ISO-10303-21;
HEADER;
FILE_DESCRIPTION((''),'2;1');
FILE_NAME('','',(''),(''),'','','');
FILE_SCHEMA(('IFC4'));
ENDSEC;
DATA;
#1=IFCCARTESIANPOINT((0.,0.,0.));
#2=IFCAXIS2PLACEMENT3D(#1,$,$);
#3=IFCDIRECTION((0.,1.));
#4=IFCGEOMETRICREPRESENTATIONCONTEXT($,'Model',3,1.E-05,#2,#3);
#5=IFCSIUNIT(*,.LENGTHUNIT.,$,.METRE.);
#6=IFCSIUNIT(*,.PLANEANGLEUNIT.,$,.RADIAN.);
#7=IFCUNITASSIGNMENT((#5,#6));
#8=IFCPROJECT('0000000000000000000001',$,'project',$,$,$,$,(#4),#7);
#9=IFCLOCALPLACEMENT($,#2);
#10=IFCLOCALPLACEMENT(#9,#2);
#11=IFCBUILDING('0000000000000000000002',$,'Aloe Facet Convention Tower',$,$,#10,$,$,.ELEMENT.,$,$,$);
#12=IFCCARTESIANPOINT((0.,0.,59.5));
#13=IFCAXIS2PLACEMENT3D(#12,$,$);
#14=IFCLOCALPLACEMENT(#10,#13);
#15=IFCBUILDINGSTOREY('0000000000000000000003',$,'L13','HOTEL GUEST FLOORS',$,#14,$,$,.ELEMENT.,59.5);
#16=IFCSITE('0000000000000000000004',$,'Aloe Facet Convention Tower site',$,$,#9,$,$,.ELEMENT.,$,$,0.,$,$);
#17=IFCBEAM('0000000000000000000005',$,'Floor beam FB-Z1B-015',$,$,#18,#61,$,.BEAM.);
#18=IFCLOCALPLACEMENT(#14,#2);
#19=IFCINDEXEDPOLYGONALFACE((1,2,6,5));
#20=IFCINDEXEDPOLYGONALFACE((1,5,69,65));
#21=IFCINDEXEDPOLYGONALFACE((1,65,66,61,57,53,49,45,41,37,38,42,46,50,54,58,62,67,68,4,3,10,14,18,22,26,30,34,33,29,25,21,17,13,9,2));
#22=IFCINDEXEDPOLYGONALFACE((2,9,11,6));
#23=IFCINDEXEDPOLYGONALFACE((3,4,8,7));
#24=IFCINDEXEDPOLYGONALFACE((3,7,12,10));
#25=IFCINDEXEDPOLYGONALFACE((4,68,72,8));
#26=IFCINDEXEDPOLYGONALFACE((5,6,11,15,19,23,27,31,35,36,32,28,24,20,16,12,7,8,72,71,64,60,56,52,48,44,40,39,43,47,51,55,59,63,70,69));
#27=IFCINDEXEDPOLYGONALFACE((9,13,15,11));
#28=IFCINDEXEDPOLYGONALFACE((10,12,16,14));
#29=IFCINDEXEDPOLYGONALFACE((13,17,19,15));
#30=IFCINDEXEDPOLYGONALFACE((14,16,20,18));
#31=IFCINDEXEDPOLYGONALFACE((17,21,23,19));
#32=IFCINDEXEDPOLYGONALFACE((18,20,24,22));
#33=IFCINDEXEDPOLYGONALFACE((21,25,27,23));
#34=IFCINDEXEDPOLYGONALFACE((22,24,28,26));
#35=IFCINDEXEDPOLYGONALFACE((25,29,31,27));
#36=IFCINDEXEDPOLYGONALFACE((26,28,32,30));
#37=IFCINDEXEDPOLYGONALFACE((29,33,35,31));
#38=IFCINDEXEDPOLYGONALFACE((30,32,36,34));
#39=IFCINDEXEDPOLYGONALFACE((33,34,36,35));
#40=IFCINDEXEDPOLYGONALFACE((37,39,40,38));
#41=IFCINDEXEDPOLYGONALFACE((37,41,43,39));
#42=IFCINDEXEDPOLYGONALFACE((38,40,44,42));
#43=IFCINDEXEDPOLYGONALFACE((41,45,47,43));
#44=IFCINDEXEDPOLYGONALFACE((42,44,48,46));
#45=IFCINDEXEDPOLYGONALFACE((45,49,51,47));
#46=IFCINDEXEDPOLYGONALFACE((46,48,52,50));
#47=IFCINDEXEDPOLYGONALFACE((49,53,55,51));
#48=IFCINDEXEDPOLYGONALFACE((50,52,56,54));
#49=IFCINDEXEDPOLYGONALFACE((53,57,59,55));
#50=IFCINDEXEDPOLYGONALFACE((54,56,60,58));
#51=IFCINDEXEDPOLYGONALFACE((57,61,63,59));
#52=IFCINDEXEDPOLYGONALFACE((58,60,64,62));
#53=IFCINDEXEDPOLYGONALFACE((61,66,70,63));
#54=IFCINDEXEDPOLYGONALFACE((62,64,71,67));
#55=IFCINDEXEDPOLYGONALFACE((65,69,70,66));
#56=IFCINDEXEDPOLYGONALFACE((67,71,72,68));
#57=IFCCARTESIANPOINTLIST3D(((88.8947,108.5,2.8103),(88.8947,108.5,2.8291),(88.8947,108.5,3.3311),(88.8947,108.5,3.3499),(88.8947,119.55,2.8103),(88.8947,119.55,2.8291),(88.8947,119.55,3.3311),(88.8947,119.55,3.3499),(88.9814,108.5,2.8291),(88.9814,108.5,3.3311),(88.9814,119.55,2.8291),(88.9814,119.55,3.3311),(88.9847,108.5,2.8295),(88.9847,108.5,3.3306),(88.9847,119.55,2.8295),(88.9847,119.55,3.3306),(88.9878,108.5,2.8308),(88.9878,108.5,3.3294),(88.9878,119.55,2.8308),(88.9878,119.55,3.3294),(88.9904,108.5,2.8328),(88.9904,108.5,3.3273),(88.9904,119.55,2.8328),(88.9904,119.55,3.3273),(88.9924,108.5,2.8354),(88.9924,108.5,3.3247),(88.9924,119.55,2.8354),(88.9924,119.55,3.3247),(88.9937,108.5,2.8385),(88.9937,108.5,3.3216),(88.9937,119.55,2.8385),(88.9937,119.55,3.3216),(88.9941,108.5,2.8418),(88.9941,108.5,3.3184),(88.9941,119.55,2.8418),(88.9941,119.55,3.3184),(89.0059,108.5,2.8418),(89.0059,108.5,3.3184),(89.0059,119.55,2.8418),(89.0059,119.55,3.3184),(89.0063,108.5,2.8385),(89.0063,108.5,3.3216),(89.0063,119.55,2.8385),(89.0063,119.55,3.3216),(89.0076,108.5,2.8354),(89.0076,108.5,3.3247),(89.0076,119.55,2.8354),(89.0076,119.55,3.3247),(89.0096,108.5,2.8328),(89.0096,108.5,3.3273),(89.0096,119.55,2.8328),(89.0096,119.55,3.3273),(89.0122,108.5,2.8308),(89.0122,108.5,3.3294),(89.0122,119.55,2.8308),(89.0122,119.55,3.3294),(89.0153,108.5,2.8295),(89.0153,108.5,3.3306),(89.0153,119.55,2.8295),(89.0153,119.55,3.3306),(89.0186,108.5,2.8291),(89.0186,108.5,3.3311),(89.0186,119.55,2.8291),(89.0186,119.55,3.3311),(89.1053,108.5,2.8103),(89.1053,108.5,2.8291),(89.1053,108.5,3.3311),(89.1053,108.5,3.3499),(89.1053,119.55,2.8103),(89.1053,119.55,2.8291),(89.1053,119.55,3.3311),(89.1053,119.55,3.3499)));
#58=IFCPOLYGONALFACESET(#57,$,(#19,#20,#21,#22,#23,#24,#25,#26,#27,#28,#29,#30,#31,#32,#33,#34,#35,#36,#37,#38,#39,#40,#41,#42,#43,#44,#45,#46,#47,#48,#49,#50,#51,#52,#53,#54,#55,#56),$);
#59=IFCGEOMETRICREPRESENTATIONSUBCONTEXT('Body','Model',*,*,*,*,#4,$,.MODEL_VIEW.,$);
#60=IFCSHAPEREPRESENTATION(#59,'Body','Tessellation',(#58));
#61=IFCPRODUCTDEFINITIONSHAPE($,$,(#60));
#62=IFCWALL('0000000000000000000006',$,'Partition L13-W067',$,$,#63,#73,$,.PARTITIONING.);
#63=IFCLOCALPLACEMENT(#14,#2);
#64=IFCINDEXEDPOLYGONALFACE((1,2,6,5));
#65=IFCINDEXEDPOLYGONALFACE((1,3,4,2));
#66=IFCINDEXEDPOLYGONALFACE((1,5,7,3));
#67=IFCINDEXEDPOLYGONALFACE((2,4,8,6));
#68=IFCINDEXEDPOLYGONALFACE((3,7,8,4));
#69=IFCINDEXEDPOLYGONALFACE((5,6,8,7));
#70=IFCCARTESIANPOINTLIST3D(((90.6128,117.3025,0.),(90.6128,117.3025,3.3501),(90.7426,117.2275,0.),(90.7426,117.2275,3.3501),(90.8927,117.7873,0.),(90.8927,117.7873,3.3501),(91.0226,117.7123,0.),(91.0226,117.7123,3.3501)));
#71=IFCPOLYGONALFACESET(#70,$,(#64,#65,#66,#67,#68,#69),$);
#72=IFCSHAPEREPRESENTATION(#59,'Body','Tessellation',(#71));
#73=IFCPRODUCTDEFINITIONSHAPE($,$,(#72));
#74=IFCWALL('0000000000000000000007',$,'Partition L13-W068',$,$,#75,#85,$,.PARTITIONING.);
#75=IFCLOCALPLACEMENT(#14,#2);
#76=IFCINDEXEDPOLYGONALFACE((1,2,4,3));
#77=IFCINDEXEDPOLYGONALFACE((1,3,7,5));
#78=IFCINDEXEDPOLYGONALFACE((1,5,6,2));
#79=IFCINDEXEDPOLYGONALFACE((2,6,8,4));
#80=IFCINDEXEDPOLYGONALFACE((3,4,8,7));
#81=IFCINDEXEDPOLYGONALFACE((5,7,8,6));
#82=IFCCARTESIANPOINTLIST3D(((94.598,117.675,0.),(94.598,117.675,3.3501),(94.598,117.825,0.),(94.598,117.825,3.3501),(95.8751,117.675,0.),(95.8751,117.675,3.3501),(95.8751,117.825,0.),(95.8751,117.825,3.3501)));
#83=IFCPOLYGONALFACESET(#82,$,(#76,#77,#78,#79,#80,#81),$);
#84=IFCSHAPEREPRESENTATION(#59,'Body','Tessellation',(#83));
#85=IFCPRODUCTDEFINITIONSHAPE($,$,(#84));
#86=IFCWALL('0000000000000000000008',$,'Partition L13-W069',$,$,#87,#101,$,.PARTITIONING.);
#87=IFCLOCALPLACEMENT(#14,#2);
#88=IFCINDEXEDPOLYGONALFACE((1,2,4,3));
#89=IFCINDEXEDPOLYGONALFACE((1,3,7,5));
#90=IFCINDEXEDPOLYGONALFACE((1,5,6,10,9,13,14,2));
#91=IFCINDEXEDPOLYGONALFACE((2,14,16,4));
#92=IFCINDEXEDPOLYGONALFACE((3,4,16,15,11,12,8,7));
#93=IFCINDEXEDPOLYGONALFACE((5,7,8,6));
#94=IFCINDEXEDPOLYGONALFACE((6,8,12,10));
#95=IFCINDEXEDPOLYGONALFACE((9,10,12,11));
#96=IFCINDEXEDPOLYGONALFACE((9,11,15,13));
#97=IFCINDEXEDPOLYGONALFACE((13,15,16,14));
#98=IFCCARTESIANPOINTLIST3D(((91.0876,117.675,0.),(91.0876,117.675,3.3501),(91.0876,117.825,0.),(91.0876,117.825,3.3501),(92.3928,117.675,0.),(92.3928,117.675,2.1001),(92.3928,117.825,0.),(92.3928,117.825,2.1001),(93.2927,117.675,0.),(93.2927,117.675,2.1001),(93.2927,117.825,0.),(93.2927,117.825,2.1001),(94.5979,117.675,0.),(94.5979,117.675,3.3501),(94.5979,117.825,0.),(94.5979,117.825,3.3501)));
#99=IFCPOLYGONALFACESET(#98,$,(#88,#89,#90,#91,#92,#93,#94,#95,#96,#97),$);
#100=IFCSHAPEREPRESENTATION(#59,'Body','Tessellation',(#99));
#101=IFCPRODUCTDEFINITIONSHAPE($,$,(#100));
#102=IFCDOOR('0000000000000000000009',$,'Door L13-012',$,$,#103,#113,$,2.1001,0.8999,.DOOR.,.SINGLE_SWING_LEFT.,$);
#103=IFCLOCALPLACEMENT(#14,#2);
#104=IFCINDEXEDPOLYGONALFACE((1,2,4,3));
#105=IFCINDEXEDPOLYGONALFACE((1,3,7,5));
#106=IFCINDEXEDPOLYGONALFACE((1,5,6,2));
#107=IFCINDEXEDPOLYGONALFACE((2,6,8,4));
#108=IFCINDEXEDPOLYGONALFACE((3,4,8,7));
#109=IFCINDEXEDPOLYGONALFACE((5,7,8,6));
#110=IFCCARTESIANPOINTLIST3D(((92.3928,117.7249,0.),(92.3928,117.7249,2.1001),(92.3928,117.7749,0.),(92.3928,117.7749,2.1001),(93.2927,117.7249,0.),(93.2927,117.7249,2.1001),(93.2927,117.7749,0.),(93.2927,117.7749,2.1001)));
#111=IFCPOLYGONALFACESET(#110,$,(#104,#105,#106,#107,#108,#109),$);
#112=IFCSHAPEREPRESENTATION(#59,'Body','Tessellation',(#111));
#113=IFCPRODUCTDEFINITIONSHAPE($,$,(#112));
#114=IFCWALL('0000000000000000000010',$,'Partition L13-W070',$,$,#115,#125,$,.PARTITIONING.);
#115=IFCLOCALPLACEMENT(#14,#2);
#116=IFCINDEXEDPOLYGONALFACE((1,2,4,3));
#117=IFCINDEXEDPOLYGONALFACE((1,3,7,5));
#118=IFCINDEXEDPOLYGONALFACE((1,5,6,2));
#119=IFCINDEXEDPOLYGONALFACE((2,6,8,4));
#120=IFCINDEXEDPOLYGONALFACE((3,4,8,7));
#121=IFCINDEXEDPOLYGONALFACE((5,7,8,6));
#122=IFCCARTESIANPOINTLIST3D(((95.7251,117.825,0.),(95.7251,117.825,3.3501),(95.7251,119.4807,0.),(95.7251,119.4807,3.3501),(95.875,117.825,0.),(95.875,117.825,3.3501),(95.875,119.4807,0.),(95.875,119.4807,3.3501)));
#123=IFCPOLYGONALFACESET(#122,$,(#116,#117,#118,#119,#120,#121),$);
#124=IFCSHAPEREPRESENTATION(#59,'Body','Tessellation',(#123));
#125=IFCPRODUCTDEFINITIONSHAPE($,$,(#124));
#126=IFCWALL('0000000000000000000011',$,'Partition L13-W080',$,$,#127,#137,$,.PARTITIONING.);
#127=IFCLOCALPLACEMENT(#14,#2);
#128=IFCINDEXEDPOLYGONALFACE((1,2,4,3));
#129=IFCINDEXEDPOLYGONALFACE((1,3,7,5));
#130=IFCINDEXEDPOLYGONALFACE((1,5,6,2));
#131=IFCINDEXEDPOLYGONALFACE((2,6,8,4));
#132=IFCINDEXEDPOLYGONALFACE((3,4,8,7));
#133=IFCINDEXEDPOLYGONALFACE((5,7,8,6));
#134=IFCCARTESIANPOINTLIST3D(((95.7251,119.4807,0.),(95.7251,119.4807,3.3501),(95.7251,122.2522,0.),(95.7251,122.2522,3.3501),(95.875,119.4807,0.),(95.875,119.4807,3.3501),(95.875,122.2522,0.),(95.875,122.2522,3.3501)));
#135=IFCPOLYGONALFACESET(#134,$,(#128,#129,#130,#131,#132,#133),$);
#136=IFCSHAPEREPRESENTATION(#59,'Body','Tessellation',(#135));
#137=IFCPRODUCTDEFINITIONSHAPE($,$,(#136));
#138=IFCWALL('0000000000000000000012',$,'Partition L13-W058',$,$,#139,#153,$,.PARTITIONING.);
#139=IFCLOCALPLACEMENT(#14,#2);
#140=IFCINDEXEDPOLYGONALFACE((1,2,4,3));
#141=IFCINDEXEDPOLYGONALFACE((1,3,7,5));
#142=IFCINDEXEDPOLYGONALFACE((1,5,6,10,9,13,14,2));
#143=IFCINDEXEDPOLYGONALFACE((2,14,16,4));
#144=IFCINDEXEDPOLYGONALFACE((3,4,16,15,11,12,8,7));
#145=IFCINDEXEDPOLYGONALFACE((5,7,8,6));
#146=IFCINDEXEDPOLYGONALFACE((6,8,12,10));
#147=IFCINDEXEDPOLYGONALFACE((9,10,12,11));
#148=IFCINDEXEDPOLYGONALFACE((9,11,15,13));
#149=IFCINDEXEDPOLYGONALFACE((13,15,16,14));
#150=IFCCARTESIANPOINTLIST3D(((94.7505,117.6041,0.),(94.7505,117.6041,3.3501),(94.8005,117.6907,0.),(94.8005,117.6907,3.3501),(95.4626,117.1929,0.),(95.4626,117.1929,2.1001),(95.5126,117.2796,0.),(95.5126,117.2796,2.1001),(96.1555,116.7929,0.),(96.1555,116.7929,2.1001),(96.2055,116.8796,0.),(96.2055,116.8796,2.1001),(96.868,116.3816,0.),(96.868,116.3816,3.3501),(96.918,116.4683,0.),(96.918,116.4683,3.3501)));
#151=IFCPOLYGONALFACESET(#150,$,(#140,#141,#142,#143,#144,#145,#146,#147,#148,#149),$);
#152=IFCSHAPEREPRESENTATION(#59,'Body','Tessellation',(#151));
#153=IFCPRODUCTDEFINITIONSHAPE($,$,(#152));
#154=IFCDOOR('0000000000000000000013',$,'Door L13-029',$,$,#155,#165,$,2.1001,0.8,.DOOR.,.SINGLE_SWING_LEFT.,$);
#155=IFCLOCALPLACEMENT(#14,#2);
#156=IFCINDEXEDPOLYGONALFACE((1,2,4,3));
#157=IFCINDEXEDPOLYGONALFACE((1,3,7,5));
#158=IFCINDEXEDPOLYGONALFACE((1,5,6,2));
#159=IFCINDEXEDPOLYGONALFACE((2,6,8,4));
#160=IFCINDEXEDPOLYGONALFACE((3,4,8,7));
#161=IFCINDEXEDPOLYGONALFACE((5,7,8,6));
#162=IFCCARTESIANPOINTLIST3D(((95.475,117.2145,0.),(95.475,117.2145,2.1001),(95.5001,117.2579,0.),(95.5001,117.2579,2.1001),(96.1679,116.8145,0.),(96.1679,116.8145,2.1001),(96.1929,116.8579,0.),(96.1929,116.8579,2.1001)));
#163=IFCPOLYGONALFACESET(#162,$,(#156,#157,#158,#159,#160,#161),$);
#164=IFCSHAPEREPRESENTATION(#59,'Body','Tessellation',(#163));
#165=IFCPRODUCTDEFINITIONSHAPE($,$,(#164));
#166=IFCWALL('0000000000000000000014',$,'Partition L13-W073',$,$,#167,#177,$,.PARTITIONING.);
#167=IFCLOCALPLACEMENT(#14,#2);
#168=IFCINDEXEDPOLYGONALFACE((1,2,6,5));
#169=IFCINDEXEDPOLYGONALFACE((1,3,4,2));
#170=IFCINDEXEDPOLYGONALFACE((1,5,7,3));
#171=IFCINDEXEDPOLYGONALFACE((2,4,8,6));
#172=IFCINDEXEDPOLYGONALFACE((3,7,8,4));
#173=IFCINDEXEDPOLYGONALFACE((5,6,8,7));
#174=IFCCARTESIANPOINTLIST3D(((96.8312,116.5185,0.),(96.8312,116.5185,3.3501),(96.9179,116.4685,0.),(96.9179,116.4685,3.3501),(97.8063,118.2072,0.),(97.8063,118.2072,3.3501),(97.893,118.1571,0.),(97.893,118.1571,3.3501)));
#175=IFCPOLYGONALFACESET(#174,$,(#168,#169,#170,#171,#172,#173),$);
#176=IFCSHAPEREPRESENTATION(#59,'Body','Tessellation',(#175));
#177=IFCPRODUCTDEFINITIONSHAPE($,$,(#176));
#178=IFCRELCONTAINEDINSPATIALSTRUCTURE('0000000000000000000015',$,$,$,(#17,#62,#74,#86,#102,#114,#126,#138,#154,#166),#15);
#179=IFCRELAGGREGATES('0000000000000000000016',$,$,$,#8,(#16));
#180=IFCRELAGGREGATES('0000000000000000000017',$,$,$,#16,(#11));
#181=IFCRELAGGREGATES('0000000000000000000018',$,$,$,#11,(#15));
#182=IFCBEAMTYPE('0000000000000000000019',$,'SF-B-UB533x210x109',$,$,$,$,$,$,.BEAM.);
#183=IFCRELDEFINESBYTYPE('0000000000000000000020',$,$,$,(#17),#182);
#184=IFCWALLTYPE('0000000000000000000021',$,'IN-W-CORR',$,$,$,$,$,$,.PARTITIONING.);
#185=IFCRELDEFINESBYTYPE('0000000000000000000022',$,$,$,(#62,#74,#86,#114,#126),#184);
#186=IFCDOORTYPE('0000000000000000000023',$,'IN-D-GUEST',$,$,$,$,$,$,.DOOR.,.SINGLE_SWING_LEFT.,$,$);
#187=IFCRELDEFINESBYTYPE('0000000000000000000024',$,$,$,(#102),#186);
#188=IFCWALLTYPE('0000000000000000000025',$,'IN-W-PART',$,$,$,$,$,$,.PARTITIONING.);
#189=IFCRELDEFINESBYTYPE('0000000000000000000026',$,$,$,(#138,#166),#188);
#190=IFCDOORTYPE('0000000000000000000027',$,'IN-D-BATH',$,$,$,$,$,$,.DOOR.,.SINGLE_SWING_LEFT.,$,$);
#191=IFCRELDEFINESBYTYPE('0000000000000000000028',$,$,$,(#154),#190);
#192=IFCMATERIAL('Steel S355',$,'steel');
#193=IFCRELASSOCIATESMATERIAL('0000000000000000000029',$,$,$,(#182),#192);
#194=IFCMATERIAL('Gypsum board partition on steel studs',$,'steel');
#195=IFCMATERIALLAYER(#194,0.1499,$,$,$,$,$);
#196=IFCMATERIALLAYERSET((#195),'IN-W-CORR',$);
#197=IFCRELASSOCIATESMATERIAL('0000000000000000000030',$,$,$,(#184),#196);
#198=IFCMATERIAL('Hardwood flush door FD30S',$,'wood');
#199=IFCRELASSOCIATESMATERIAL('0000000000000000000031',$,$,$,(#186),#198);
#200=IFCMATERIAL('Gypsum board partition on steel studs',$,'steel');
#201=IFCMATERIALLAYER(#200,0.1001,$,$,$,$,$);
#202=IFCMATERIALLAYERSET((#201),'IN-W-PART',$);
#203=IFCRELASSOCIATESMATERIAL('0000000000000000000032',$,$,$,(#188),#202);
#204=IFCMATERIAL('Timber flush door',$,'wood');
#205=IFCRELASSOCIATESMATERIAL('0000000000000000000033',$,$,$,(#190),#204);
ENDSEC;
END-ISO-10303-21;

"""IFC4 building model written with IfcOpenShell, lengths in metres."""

from ifc_helpers import new_model, si_unit, direction, frame, frame_2d, origin, origin_2d, place, context, subcontext, project, spatial, rectangle, i_section, extrude, material, layer, layer_set, material_profile, profile_set, type_object, element, fill, save


model = new_model("IFC4")

# Units and contexts
model_context = context("Model", 3, precision=1e-05, world=origin(), true_north=direction((0.0, 1.0)))
body_context = subcontext(model_context, "Body", "Model", "MODEL_VIEW")
ifc_project = project(units=[si_unit("LENGTHUNIT", "METRE"), si_unit("PLANEANGLEUNIT", "RADIAN")], contexts=[model_context])

# Site, building, storey
site_placement = place(None, origin())
site = spatial("IfcSite", under=ifc_project, at=site_placement, Name="Aloe Facet Convention Tower site", CompositionType="ELEMENT", RefElevation=0.0)
building_placement = place(site_placement, origin())
building = spatial("IfcBuilding", under=site, at=building_placement, Name="Aloe Facet Convention Tower", CompositionType="ELEMENT")
storey_placement = place(building_placement, frame((0.0, 0.0, 59.5)))
storey = spatial("IfcBuildingStorey", under=building, at=storey_placement, Name="L13", Description="HOTEL GUEST FLOORS", CompositionType="ELEMENT", Elevation=59.5)

# Beam
ifc_material_1 = material(Name="Steel S355", Category="steel")
ifc_material_profile_1 = material_profile(ifc_material_1, i_section(OverallWidth=0.2107, OverallDepth=0.5396, WebThickness=0.0117, FlangeThickness=0.0188, FilletRadius=0.0127, at=origin_2d()), Name="UB 533x210x109")
ifc_profile_set_1 = profile_set([ifc_material_profile_1], Name="Steel S355")
beam_type_1 = type_object("IfcBeamType", Name="SF-B-UB533x210x109", PredefinedType="BEAM", material=ifc_profile_set_1)
beam_1_placement = place(storey_placement, frame((89.0, 119.55, 3.0801), z_axis=(0.0, -1.0, 0.0), x_axis=(1.0, 0.0, 0.0)))
element("IfcBeam", 1, at=beam_1_placement, inside=storey, type_object=beam_type_1, Name="Floor beam FB-Z1B-015", PredefinedType="BEAM", context=body_context, shape_type="SweptSolid", body=[
    extrude(i_section(OverallWidth=0.2107, OverallDepth=0.5396, WebThickness=0.0117, FlangeThickness=0.0188, FilletRadius=0.0127, at=origin_2d()), origin(), (0.0, 0.0, 1.0), 11.05),
])

# Walls
ifc_material_2 = material(Name="Gypsum board partition on steel studs", Category="steel")
ifc_layer_1 = layer(ifc_material_2, 0.1499)
ifc_layer_set_1 = layer_set([ifc_layer_1], Name="IN-W-CORR")
wall_type_1 = type_object("IfcWallType", Name="IN-W-CORR", PredefinedType="PARTITIONING", material=ifc_layer_set_1)
wall_1_placement = place(storey_placement, frame((90.6777, 117.2651, 0.0), z_axis=(0.0, 0.0, 1.0), x_axis=(0.500125, 0.865953, 0.0)))
element("IfcWall", 2, at=wall_1_placement, inside=storey, type_object=wall_type_1, Name="Partition L13-W067", PredefinedType="PARTITIONING", context=body_context, shape_type="SweptSolid", body=[
    extrude(rectangle(XDim=0.5598, YDim=0.1499, at=frame_2d((0.2798, 0.0))), origin(), (0.0, 0.0, 1.0), 3.3501),
])
wall_2_placement = place(storey_placement, frame((94.5979, 117.75, 0.0), z_axis=(0.0, 0.0, 1.0), x_axis=(1.0, 0.0, 0.0)))
element("IfcWall", 3, at=wall_2_placement, inside=storey, type_object=wall_type_1, Name="Partition L13-W068", PredefinedType="PARTITIONING", context=body_context, shape_type="SweptSolid", body=[
    extrude(rectangle(XDim=1.2771, YDim=0.1499, at=frame_2d((0.6387, 0.0))), origin(), (0.0, 0.0, 1.0), 3.3501),
])

# Wall, opening, door
wall_3_placement = place(storey_placement, frame((91.0876, 117.75, 0.0), z_axis=(0.0, 0.0, 1.0), x_axis=(1.0, 0.0, 0.0)))
wall_3 = element("IfcWall", 4, at=wall_3_placement, inside=storey, type_object=wall_type_1, Name="Partition L13-W069", PredefinedType="PARTITIONING", context=body_context, shape_type="SweptSolid", body=[
    extrude(rectangle(XDim=3.5103, YDim=0.1499, at=frame_2d((1.7551, 0.0))), origin(), (0.0, 0.0, 1.0), 3.3501),
])
opening_1_placement = place(wall_3_placement, frame((1.3052, 0.0, 0.0)))
opening_1 = element("IfcOpeningElement", 5, at=opening_1_placement, cuts=wall_3, PredefinedType="OPENING", context=body_context, shape_type="SweptSolid", body=[
    extrude(rectangle(XDim=0.8999, YDim=2.1001, at=frame_2d((0.45, 1.05))), frame((0.0, 0.085, 0.0), z_axis=(0.0, -1.0, 0.0), x_axis=(1.0, 0.0, 0.0)), (0.0, 0.0, 1.0), 0.1699),
])
ifc_material_3 = material(Name="Hardwood flush door FD30S", Category="wood")
door_type_1 = type_object("IfcDoorType", Name="IN-D-GUEST", OperationType="SINGLE_SWING_LEFT", PredefinedType="DOOR", material=ifc_material_3)
door_1_placement = place(opening_1_placement, origin())
door_1 = element("IfcDoor", 6, at=door_1_placement, inside=storey, type_object=door_type_1, Name="Door L13-012", OperationType="SINGLE_SWING_LEFT", OverallHeight=2.1001, OverallWidth=0.8999, PredefinedType="DOOR", context=body_context, shape_type="SweptSolid", body=[
    extrude(rectangle(XDim=0.8999, YDim=2.1001, at=frame_2d((0.45, 1.05))), frame((0.0, 0.0249, 0.0), z_axis=(0.0, -1.0, 0.0), x_axis=(1.0, 0.0, 0.0)), (0.0, 0.0, 1.0), 0.05),
])
fill(opening_1, door_1)

# Walls
wall_4_placement = place(storey_placement, frame((95.8, 117.825, 0.0), z_axis=(0.0, 0.0, 1.0), x_axis=(0.0, 1.0, 0.0)))
element("IfcWall", 7, at=wall_4_placement, inside=storey, type_object=wall_type_1, Name="Partition L13-W070", PredefinedType="PARTITIONING", context=body_context, shape_type="SweptSolid", body=[
    extrude(rectangle(XDim=1.6558, YDim=0.1499, at=frame_2d((0.8279, 0.0))), origin(), (0.0, 0.0, 1.0), 3.3501),
])
wall_5_placement = place(storey_placement, frame((95.8, 119.4807, 0.0), z_axis=(0.0, 0.0, 1.0), x_axis=(0.0, 1.0, 0.0)))
element("IfcWall", 8, at=wall_5_placement, inside=storey, type_object=wall_type_1, Name="Partition L13-W080", PredefinedType="PARTITIONING", context=body_context, shape_type="SweptSolid", body=[
    extrude(rectangle(XDim=2.7715, YDim=0.1499, at=frame_2d((1.3857, 0.0))), origin(), (0.0, 0.0, 1.0), 3.3501),
])

# Wall, opening, door
ifc_material_4 = material(Name="Gypsum board partition on steel studs", Category="steel")
ifc_layer_2 = layer(ifc_material_4, 0.1001)
ifc_layer_set_2 = layer_set([ifc_layer_2], Name="IN-W-PART")
wall_type_2 = type_object("IfcWallType", Name="IN-W-PART", PredefinedType="PARTITIONING", material=ifc_layer_set_2)
wall_6_placement = place(storey_placement, frame((94.7754, 117.6475, 0.0), z_axis=(0.0, 0.0, 1.0), x_axis=(0.866041, -0.499973, 0.0)))
wall_6 = element("IfcWall", 9, at=wall_6_placement, inside=storey, type_object=wall_type_2, Name="Partition L13-W058", PredefinedType="PARTITIONING", context=body_context, shape_type="SweptSolid", body=[
    extrude(rectangle(XDim=2.4451, YDim=0.1001, at=frame_2d((1.2227, 0.0))), origin(), (0.0, 0.0, 1.0), 3.3501),
])
opening_2_placement = place(wall_6_placement, frame((0.8225, 0.0, 0.0)))
opening_2 = element("IfcOpeningElement", 10, at=opening_2_placement, cuts=wall_6, PredefinedType="OPENING", context=body_context, shape_type="SweptSolid", body=[
    extrude(rectangle(XDim=0.8, YDim=2.1001, at=frame_2d((0.3999, 1.05))), frame((0.0, 0.0601, 0.0), z_axis=(0.0, -1.0, 0.0), x_axis=(1.0, 0.0, 0.0)), (0.0, 0.0, 1.0), 0.1201),
])
ifc_material_5 = material(Name="Timber flush door", Category="wood")
door_type_2 = type_object("IfcDoorType", Name="IN-D-BATH", OperationType="SINGLE_SWING_LEFT", PredefinedType="DOOR", material=ifc_material_5)
door_2_placement = place(opening_2_placement, origin())
door_2 = element("IfcDoor", 11, at=door_2_placement, inside=storey, type_object=door_type_2, Name="Door L13-029", OperationType="SINGLE_SWING_LEFT", OverallHeight=2.1001, OverallWidth=0.8, PredefinedType="DOOR", context=body_context, shape_type="SweptSolid", body=[
    extrude(rectangle(XDim=0.8, YDim=2.1001, at=frame_2d((0.3999, 1.05))), frame((0.0, 0.0249, 0.0), z_axis=(0.0, -1.0, 0.0), x_axis=(1.0, 0.0, 0.0)), (0.0, 0.0, 1.0), 0.05),
])
fill(opening_2, door_2)

# Wall
wall_7_placement = place(storey_placement, frame((96.8745, 116.4934, 0.0), z_axis=(0.0, 0.0, 1.0), x_axis=(0.500044, 0.866, 0.0)))
element("IfcWall", 12, at=wall_7_placement, inside=storey, type_object=wall_type_2, Name="Partition L13-W073", PredefinedType="PARTITIONING", context=body_context, shape_type="SweptSolid", body=[
    extrude(rectangle(XDim=1.95, YDim=0.1001, at=frame_2d((0.9751, 0.0))), origin(), (0.0, 0.0, 1.0), 3.3501),
])

save(model, "model.ifc")
